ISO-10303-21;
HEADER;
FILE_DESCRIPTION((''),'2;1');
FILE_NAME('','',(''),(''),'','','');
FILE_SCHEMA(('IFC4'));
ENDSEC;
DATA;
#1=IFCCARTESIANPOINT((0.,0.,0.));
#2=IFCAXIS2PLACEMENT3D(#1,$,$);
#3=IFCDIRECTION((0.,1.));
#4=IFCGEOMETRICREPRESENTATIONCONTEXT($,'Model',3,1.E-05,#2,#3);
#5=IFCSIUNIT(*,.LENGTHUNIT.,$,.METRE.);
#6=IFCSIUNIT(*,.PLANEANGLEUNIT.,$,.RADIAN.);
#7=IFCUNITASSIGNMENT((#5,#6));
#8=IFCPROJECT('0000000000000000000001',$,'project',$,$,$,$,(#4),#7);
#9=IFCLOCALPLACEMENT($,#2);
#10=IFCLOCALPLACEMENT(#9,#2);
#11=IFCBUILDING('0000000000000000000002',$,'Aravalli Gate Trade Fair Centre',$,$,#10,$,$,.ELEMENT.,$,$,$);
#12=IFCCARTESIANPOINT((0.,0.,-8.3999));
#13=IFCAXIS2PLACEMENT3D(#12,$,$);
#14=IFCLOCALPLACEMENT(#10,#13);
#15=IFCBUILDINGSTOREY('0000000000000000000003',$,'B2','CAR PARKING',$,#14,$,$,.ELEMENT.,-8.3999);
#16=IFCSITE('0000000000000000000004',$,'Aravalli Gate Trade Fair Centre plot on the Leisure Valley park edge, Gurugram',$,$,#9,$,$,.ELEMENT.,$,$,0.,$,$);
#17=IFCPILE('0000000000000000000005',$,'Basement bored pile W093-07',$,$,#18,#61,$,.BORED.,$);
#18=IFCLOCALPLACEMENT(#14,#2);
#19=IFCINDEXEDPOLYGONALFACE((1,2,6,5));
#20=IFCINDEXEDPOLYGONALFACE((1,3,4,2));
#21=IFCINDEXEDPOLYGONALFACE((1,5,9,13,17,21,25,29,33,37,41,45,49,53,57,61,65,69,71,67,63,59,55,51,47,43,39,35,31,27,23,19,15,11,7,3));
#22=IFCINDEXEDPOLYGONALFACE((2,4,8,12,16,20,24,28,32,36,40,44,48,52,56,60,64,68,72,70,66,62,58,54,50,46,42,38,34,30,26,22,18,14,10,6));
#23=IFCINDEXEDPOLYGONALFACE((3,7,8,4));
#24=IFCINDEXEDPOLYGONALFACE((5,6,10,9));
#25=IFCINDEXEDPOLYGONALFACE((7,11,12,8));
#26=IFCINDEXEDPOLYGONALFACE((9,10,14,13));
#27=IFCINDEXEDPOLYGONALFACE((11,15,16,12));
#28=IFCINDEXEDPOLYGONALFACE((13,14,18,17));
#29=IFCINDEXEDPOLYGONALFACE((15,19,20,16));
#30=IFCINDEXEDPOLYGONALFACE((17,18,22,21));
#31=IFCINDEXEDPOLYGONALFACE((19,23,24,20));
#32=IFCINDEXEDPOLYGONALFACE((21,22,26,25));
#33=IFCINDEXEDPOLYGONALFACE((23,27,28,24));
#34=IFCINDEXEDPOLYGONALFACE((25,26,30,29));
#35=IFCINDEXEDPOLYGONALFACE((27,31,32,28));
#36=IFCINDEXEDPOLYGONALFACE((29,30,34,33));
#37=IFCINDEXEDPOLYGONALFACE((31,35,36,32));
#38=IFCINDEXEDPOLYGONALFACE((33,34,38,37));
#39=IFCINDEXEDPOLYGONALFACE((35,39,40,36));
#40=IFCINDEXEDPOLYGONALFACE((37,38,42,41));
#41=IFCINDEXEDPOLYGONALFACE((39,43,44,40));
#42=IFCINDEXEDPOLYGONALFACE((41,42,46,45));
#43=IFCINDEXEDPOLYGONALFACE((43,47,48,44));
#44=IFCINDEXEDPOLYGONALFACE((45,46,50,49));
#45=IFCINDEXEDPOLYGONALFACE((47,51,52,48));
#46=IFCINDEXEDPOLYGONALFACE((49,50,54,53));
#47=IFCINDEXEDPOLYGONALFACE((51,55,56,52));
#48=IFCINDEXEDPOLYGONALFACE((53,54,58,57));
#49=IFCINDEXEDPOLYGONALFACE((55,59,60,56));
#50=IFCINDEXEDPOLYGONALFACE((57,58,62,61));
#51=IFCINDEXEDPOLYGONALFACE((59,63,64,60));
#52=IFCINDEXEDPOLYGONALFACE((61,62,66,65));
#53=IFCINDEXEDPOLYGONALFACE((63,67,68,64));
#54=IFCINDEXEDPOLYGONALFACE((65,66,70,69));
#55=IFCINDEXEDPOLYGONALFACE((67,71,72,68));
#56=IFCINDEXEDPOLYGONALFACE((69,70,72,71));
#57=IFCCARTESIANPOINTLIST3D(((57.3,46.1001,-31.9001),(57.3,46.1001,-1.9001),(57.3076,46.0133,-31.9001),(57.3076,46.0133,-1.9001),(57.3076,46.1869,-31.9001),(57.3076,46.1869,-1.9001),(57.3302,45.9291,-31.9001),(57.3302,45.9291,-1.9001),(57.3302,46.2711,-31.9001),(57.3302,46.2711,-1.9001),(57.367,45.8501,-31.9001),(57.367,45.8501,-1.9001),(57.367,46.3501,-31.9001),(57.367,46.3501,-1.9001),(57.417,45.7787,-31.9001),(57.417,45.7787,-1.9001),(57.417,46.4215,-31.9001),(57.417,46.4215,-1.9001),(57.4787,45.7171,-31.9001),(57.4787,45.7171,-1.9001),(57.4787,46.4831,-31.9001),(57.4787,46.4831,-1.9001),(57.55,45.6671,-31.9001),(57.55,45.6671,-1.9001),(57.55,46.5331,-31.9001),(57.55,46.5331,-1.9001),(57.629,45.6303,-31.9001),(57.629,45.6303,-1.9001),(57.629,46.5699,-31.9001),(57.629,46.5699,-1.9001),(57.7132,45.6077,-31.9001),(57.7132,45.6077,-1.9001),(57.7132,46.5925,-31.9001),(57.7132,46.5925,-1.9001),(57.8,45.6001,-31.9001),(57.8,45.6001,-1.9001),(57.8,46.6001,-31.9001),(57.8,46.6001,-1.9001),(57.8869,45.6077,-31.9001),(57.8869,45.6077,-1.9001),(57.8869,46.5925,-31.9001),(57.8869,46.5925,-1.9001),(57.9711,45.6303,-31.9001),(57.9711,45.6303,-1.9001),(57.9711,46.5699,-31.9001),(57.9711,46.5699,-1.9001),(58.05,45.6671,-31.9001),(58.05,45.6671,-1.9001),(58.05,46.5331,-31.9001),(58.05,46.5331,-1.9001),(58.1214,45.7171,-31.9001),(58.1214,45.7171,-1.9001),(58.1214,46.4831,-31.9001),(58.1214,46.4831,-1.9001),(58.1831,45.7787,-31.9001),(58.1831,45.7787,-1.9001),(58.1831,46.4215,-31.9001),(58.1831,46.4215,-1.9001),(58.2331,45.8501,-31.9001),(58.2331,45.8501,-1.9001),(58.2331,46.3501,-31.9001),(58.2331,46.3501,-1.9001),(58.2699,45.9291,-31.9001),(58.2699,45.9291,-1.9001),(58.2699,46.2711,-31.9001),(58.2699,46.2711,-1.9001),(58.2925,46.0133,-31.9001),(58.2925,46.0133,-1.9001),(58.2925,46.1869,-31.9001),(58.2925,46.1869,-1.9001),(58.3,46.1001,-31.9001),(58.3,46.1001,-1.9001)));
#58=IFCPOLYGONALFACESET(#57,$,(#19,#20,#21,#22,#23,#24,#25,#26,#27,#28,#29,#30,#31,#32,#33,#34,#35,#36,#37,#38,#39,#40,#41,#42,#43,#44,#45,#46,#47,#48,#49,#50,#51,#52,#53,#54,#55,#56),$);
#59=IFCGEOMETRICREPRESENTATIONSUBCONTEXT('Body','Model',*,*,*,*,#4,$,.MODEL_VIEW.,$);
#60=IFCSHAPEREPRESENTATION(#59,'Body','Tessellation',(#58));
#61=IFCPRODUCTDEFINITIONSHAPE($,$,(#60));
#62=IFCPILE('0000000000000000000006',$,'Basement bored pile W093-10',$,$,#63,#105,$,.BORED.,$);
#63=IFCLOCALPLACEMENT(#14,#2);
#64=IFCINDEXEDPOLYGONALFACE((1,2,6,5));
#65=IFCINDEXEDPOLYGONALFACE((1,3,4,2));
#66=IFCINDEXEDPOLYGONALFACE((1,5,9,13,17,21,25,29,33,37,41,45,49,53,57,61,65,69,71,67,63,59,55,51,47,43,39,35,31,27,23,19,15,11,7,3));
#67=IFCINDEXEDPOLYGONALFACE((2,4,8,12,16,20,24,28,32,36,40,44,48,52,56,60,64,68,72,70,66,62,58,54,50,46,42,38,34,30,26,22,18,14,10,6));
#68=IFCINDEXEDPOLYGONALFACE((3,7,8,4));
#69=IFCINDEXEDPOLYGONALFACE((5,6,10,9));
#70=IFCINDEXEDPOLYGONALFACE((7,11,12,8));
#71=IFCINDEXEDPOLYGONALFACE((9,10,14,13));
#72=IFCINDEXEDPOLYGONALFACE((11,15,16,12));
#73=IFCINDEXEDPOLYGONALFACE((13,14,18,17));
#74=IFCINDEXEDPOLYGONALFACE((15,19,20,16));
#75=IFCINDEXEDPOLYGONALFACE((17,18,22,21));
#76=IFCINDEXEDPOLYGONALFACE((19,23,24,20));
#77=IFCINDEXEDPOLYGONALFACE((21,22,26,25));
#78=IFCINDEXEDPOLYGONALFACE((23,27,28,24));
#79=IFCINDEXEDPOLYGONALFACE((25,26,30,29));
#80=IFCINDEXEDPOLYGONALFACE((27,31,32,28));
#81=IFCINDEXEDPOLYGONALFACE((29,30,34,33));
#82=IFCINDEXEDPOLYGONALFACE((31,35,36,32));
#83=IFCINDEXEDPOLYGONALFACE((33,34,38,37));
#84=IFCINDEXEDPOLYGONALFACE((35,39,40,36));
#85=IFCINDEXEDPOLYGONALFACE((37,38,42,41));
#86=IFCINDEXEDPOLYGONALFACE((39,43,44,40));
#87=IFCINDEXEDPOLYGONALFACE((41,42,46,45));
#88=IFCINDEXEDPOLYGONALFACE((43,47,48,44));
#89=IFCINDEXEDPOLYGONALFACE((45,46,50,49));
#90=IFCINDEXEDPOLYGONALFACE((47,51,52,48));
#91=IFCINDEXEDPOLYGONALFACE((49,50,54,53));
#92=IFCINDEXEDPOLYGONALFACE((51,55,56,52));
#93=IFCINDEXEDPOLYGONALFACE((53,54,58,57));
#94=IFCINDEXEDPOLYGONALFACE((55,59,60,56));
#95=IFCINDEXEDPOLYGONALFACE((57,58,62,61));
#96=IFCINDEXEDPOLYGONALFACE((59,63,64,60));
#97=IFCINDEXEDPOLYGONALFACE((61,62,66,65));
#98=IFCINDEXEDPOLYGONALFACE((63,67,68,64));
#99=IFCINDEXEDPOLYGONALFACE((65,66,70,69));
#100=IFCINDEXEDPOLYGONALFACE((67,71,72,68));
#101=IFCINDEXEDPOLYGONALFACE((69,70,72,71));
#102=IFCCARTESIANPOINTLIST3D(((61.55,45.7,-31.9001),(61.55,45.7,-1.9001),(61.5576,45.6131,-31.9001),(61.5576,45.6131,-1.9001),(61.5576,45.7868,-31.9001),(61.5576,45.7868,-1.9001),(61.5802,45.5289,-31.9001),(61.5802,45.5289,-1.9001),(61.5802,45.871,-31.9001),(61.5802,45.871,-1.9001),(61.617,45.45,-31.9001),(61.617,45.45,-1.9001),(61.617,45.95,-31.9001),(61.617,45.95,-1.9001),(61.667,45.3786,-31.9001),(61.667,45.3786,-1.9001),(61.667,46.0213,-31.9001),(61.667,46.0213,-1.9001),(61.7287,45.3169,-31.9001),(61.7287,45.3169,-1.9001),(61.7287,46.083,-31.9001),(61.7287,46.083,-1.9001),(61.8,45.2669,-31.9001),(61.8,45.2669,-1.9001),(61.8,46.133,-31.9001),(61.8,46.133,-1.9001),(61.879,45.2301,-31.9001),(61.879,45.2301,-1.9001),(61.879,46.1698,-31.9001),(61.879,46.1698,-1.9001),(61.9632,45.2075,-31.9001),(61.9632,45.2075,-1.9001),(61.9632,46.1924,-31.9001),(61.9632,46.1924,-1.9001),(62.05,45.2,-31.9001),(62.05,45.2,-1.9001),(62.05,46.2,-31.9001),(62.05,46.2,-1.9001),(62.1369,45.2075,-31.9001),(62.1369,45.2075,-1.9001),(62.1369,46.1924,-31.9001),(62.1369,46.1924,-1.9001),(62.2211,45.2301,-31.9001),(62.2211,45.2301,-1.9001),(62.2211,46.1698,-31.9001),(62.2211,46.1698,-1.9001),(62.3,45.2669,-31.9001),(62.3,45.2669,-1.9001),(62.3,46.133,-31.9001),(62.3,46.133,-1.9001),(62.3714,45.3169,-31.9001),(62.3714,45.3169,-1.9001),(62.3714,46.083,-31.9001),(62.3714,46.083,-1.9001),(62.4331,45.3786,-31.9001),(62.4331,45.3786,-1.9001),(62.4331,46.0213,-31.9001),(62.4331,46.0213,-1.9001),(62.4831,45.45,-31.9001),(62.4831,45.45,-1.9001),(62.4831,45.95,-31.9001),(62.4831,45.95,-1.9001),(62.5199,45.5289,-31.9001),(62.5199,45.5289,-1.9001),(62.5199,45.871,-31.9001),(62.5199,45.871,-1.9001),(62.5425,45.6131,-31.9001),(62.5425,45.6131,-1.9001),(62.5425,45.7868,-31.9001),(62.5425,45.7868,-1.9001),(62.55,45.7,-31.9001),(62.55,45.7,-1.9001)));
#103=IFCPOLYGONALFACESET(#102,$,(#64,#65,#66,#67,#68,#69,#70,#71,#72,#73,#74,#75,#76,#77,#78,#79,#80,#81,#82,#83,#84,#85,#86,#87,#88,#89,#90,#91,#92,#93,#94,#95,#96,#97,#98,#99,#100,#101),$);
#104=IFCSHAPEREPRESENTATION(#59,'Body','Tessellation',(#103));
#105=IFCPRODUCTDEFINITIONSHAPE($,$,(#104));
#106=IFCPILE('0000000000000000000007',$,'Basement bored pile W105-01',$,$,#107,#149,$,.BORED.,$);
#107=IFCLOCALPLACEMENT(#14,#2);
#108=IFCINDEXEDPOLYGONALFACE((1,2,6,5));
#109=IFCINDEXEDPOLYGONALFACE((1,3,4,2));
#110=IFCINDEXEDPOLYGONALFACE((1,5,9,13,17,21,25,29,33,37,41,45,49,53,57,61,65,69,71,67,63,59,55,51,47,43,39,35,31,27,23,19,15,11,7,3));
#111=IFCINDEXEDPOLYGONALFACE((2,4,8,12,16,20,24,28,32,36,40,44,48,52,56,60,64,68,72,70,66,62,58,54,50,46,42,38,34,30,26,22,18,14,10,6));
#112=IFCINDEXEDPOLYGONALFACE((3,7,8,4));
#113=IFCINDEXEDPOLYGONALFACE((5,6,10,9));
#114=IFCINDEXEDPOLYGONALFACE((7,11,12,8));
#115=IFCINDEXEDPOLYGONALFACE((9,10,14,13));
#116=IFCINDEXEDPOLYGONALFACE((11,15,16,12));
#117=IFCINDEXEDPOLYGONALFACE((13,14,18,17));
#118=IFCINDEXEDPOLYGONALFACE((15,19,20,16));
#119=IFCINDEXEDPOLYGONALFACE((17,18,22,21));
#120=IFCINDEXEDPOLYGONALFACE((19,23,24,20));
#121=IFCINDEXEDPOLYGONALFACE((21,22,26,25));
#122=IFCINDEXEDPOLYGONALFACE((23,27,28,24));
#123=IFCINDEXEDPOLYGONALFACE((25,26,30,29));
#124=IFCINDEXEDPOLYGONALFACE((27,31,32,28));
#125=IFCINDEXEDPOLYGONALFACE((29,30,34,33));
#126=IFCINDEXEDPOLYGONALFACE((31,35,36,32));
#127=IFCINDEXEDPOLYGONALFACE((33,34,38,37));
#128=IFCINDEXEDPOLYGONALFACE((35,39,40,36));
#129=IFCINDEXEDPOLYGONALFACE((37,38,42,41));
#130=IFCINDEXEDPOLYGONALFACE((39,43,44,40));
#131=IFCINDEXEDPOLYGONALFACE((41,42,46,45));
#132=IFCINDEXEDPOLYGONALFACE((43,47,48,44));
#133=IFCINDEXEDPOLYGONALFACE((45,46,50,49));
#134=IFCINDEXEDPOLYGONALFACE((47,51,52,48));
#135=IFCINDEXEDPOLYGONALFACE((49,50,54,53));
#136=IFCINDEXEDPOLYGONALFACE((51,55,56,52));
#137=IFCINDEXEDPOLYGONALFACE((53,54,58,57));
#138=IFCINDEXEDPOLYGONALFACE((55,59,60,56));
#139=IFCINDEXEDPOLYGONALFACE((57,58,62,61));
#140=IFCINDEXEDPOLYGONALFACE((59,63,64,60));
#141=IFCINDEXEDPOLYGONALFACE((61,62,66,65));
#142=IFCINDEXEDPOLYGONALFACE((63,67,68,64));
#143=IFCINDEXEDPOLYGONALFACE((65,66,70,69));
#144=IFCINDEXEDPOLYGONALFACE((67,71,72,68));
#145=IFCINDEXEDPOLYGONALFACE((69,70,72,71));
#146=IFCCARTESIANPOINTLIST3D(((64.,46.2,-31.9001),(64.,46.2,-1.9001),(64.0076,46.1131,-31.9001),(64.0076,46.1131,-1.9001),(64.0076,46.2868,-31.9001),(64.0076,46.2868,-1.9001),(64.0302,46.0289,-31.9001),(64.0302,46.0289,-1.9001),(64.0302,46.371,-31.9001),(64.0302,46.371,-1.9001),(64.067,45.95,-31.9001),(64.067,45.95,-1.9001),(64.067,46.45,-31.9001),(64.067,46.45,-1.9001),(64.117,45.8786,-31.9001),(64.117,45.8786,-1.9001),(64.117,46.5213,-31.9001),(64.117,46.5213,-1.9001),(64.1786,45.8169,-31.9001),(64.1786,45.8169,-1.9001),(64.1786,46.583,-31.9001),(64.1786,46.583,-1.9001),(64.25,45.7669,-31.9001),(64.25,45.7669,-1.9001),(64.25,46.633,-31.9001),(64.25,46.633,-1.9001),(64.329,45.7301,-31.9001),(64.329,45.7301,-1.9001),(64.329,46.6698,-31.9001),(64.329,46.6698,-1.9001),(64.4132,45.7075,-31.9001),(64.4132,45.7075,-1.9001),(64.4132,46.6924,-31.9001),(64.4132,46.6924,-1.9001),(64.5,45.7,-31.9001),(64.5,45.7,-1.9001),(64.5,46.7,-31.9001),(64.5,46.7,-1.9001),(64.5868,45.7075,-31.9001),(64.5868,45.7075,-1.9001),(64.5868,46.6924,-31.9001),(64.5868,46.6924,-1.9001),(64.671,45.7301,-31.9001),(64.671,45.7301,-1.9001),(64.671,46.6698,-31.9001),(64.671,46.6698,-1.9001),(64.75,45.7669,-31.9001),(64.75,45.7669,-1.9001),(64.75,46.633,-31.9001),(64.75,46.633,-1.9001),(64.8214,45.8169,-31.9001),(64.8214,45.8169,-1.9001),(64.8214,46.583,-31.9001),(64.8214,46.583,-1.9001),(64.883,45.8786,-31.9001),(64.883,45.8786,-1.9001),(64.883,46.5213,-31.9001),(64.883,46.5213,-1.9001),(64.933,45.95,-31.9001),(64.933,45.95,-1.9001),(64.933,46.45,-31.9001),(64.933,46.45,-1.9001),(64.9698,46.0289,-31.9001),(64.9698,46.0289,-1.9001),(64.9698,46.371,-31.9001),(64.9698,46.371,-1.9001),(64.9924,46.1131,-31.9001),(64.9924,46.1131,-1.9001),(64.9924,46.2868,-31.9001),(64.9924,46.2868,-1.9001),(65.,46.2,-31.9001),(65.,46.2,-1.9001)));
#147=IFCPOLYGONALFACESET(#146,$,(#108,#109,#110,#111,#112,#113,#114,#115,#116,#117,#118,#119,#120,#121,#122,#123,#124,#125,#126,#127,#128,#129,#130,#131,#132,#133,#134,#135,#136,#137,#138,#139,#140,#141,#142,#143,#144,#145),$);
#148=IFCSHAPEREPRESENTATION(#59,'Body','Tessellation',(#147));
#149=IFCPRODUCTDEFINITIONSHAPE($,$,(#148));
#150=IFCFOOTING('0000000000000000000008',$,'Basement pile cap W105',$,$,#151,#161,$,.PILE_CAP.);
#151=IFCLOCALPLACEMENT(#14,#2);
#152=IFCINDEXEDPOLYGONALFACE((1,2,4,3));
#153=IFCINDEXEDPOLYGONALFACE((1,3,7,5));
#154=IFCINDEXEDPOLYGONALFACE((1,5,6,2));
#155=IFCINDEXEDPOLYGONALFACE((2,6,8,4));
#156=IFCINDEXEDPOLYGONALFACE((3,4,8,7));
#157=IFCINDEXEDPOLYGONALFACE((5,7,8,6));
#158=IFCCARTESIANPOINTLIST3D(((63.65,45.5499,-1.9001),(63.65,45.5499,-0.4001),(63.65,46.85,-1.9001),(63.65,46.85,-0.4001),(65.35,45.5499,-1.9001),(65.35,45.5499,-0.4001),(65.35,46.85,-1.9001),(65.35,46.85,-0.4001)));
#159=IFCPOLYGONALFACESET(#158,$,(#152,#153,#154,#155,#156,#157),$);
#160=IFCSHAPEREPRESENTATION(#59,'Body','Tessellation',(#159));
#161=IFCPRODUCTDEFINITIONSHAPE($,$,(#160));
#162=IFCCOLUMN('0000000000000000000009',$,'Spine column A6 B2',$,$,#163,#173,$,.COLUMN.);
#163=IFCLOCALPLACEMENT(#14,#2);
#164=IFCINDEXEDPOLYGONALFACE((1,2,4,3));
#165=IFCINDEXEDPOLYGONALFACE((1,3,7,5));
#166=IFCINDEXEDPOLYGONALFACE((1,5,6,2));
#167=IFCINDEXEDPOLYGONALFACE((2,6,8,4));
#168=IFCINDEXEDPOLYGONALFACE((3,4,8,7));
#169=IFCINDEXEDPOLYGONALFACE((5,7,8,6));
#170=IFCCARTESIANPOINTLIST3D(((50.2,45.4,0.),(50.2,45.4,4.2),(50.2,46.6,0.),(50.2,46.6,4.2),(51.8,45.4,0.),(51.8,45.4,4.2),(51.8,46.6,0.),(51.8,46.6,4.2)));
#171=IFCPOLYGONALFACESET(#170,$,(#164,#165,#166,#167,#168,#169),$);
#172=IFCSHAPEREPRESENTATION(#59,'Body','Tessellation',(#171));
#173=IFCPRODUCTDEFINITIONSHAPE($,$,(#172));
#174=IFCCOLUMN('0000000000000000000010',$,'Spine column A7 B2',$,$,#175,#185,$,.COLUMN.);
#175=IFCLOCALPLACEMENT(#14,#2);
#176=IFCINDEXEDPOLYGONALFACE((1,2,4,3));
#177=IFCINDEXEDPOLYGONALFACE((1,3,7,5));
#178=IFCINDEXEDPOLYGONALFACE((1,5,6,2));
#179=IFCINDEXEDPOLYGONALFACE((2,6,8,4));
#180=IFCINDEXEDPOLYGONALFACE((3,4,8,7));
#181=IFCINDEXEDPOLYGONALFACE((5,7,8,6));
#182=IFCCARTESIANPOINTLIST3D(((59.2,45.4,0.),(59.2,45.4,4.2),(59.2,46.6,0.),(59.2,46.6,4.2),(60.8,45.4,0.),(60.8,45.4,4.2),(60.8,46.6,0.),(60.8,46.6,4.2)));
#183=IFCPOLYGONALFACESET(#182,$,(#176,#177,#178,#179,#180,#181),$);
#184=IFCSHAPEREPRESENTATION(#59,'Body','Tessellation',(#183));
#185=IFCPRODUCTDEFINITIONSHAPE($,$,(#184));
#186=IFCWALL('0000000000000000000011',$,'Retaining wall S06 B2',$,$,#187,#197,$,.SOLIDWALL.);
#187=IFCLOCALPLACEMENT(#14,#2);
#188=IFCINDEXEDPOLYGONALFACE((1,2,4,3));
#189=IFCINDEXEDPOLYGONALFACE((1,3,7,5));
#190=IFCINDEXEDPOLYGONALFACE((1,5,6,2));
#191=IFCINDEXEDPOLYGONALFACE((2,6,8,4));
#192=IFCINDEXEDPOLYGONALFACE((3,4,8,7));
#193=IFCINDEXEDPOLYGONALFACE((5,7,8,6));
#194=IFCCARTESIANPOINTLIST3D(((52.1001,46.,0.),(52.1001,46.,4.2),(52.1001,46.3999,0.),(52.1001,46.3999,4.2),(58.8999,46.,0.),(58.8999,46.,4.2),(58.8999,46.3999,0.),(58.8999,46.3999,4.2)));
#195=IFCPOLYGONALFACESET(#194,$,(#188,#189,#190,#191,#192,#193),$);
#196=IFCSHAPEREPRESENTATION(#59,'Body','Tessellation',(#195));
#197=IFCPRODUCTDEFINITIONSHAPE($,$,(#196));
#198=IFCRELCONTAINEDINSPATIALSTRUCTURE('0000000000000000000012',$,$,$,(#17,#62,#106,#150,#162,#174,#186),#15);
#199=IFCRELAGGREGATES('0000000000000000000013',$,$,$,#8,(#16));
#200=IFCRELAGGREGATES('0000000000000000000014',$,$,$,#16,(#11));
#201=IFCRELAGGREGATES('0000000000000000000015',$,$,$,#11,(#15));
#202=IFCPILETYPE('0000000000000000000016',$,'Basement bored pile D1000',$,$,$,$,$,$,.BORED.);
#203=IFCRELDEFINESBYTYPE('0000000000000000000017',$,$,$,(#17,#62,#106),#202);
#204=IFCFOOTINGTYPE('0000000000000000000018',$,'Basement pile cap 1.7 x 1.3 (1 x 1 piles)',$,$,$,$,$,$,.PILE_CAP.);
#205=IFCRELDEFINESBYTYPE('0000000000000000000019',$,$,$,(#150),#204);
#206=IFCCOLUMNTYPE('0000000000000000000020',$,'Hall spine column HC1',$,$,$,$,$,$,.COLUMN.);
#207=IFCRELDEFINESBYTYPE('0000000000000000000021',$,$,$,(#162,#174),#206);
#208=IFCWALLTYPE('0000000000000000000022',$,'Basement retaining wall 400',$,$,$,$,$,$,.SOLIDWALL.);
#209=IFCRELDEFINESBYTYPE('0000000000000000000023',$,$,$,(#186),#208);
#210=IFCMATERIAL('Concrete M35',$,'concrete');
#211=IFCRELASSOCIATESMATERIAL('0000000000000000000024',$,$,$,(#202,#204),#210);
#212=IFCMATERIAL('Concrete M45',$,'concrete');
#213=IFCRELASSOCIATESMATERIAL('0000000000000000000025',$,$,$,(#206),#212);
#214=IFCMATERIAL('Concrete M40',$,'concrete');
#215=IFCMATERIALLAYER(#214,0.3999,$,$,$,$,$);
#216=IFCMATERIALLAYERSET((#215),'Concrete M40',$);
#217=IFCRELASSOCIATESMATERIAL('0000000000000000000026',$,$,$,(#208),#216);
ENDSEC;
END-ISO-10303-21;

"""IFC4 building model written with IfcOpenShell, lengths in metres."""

from ifc_helpers import new_model, si_unit, direction, frame, frame_2d, origin, origin_2d, place, context, subcontext, project, spatial, rectangle, circle, extrude, material, layer, layer_set, material_profile, profile_set, type_object, element, save


model = new_model("IFC4")

# Units and contexts
model_context = context("Model", 3, precision=1e-05, world=origin(), true_north=direction((0.0, 1.0)))
body_context = subcontext(model_context, "Body", "Model", "MODEL_VIEW")
ifc_project = project(units=[si_unit("LENGTHUNIT", "METRE"), si_unit("PLANEANGLEUNIT", "RADIAN")], contexts=[model_context])

# Site, building, storey
site_placement = place(None, origin())
site = spatial("IfcSite", under=ifc_project, at=site_placement, Name="Aravalli Gate Trade Fair Centre plot on the Leisure Valley park edge, Gurugram", CompositionType="ELEMENT", RefElevation=0.0)
building_placement = place(site_placement, origin())
building = spatial("IfcBuilding", under=site, at=building_placement, Name="Aravalli Gate Trade Fair Centre", CompositionType="ELEMENT")
storey_placement = place(building_placement, frame((0.0, 0.0, -8.3999)))
storey = spatial("IfcBuildingStorey", under=building, at=storey_placement, Name="B2", Description="CAR PARKING", CompositionType="ELEMENT", Elevation=-8.3999)

# Piles
ifc_material_1 = material(Name="Concrete M35", Category="concrete")
ifc_material_profile_1 = material_profile(ifc_material_1, circle(Radius=0.5, at=origin_2d()), Name="D1000")
ifc_profile_set_1 = profile_set([ifc_material_profile_1], Name="Concrete M35")
pile_type = type_object("IfcPileType", Name="Basement bored pile D1000", PredefinedType="BORED", material=ifc_profile_set_1)
for number, where, z_axis, x_axis, name in (
    (1, (57.8, 46.1001, -1.9001), (0.0, 0.0, -1.0), (1.0, 0.0, 0.0), "Basement bored pile W093-07"),
    (2, (62.05, 45.7, -1.9001), (0.0, 0.0, -1.0), (1.0, 0.0, 0.0), "Basement bored pile W093-10"),
    (3, (64.5, 46.2, -1.9001), (0.0, 0.0, -1.0), (1.0, 0.0, 0.0), "Basement bored pile W105-01"),
):
    element("IfcPile", number, at=place(storey_placement, frame(where, z_axis=z_axis, x_axis=x_axis)), inside=storey, type_object=pile_type, Name=name, PredefinedType="BORED", context=body_context, shape_type="SweptSolid", body=[
        extrude(circle(Radius=0.5, at=origin_2d()), origin(), (0.0, 0.0, 1.0), 30.0),
    ])

# Footing
footing_type = type_object("IfcFootingType", Name="Basement pile cap 1.7 x 1.3 (1 x 1 piles)", PredefinedType="PILE_CAP", material=ifc_material_1)
footing_placement = place(storey_placement, frame((64.5, 46.2, -1.9001), z_axis=(0.0, 0.0, 1.0), x_axis=(1.0, 0.0, 0.0)))
element("IfcFooting", 4, at=footing_placement, inside=storey, type_object=footing_type, Name="Basement pile cap W105", PredefinedType="PILE_CAP", context=body_context, shape_type="SweptSolid", body=[
    extrude(rectangle(XDim=1.7, YDim=1.3, at=origin_2d()), origin(), (0.0, 0.0, 1.0), 1.5),
])

# Columns
ifc_material_2 = material(Name="Concrete M45", Category="concrete")
ifc_material_profile_2 = material_profile(ifc_material_2, rectangle(XDim=1.6001, YDim=1.2, at=origin_2d()), Name="RC 1600x1200")
ifc_profile_set_2 = profile_set([ifc_material_profile_2], Name="Concrete M45")
column_type = type_object("IfcColumnType", Name="Hall spine column HC1", PredefinedType="COLUMN", material=ifc_profile_set_2)
for number, where, z_axis, x_axis, name in (
    (5, (51.0, 46.0, 0.0), (0.0, 0.0, 1.0), (1.0, 0.0, 0.0), "Spine column A6 B2"),
    (6, (60.0, 46.0, 0.0), (0.0, 0.0, 1.0), (1.0, 0.0, 0.0), "Spine column A7 B2"),
):
    element("IfcColumn", number, at=place(storey_placement, frame(where, z_axis=z_axis, x_axis=x_axis)), inside=storey, type_object=column_type, Name=name, PredefinedType="COLUMN", context=body_context, shape_type="SweptSolid", body=[
        extrude(rectangle(XDim=1.6001, YDim=1.2, at=origin_2d()), origin(), (0.0, 0.0, 1.0), 4.2),
    ])

# Wall
ifc_material_3 = material(Name="Concrete M40", Category="concrete")
ifc_layer_1 = layer(ifc_material_3, 0.3999)
ifc_layer_set_1 = layer_set([ifc_layer_1], Name="Concrete M40")
wall_type_1 = type_object("IfcWallType", Name="Basement retaining wall 400", PredefinedType="SOLIDWALL", material=ifc_layer_set_1)
wall_1_placement = place(storey_placement, frame((52.1001, 46.2, 0.0), z_axis=(0.0, 0.0, 1.0), x_axis=(1.0, 0.0, 0.0)))
element("IfcWall", 7, at=wall_1_placement, inside=storey, type_object=wall_type_1, Name="Retaining wall S06 B2", PredefinedType="SOLIDWALL", context=body_context, shape_type="SweptSolid", body=[
    extrude(rectangle(XDim=6.7998, YDim=0.3999, at=frame_2d((3.3999, 0.0))), origin(), (0.0, 0.0, 1.0), 4.2),
])

save(model, "model.ifc")
